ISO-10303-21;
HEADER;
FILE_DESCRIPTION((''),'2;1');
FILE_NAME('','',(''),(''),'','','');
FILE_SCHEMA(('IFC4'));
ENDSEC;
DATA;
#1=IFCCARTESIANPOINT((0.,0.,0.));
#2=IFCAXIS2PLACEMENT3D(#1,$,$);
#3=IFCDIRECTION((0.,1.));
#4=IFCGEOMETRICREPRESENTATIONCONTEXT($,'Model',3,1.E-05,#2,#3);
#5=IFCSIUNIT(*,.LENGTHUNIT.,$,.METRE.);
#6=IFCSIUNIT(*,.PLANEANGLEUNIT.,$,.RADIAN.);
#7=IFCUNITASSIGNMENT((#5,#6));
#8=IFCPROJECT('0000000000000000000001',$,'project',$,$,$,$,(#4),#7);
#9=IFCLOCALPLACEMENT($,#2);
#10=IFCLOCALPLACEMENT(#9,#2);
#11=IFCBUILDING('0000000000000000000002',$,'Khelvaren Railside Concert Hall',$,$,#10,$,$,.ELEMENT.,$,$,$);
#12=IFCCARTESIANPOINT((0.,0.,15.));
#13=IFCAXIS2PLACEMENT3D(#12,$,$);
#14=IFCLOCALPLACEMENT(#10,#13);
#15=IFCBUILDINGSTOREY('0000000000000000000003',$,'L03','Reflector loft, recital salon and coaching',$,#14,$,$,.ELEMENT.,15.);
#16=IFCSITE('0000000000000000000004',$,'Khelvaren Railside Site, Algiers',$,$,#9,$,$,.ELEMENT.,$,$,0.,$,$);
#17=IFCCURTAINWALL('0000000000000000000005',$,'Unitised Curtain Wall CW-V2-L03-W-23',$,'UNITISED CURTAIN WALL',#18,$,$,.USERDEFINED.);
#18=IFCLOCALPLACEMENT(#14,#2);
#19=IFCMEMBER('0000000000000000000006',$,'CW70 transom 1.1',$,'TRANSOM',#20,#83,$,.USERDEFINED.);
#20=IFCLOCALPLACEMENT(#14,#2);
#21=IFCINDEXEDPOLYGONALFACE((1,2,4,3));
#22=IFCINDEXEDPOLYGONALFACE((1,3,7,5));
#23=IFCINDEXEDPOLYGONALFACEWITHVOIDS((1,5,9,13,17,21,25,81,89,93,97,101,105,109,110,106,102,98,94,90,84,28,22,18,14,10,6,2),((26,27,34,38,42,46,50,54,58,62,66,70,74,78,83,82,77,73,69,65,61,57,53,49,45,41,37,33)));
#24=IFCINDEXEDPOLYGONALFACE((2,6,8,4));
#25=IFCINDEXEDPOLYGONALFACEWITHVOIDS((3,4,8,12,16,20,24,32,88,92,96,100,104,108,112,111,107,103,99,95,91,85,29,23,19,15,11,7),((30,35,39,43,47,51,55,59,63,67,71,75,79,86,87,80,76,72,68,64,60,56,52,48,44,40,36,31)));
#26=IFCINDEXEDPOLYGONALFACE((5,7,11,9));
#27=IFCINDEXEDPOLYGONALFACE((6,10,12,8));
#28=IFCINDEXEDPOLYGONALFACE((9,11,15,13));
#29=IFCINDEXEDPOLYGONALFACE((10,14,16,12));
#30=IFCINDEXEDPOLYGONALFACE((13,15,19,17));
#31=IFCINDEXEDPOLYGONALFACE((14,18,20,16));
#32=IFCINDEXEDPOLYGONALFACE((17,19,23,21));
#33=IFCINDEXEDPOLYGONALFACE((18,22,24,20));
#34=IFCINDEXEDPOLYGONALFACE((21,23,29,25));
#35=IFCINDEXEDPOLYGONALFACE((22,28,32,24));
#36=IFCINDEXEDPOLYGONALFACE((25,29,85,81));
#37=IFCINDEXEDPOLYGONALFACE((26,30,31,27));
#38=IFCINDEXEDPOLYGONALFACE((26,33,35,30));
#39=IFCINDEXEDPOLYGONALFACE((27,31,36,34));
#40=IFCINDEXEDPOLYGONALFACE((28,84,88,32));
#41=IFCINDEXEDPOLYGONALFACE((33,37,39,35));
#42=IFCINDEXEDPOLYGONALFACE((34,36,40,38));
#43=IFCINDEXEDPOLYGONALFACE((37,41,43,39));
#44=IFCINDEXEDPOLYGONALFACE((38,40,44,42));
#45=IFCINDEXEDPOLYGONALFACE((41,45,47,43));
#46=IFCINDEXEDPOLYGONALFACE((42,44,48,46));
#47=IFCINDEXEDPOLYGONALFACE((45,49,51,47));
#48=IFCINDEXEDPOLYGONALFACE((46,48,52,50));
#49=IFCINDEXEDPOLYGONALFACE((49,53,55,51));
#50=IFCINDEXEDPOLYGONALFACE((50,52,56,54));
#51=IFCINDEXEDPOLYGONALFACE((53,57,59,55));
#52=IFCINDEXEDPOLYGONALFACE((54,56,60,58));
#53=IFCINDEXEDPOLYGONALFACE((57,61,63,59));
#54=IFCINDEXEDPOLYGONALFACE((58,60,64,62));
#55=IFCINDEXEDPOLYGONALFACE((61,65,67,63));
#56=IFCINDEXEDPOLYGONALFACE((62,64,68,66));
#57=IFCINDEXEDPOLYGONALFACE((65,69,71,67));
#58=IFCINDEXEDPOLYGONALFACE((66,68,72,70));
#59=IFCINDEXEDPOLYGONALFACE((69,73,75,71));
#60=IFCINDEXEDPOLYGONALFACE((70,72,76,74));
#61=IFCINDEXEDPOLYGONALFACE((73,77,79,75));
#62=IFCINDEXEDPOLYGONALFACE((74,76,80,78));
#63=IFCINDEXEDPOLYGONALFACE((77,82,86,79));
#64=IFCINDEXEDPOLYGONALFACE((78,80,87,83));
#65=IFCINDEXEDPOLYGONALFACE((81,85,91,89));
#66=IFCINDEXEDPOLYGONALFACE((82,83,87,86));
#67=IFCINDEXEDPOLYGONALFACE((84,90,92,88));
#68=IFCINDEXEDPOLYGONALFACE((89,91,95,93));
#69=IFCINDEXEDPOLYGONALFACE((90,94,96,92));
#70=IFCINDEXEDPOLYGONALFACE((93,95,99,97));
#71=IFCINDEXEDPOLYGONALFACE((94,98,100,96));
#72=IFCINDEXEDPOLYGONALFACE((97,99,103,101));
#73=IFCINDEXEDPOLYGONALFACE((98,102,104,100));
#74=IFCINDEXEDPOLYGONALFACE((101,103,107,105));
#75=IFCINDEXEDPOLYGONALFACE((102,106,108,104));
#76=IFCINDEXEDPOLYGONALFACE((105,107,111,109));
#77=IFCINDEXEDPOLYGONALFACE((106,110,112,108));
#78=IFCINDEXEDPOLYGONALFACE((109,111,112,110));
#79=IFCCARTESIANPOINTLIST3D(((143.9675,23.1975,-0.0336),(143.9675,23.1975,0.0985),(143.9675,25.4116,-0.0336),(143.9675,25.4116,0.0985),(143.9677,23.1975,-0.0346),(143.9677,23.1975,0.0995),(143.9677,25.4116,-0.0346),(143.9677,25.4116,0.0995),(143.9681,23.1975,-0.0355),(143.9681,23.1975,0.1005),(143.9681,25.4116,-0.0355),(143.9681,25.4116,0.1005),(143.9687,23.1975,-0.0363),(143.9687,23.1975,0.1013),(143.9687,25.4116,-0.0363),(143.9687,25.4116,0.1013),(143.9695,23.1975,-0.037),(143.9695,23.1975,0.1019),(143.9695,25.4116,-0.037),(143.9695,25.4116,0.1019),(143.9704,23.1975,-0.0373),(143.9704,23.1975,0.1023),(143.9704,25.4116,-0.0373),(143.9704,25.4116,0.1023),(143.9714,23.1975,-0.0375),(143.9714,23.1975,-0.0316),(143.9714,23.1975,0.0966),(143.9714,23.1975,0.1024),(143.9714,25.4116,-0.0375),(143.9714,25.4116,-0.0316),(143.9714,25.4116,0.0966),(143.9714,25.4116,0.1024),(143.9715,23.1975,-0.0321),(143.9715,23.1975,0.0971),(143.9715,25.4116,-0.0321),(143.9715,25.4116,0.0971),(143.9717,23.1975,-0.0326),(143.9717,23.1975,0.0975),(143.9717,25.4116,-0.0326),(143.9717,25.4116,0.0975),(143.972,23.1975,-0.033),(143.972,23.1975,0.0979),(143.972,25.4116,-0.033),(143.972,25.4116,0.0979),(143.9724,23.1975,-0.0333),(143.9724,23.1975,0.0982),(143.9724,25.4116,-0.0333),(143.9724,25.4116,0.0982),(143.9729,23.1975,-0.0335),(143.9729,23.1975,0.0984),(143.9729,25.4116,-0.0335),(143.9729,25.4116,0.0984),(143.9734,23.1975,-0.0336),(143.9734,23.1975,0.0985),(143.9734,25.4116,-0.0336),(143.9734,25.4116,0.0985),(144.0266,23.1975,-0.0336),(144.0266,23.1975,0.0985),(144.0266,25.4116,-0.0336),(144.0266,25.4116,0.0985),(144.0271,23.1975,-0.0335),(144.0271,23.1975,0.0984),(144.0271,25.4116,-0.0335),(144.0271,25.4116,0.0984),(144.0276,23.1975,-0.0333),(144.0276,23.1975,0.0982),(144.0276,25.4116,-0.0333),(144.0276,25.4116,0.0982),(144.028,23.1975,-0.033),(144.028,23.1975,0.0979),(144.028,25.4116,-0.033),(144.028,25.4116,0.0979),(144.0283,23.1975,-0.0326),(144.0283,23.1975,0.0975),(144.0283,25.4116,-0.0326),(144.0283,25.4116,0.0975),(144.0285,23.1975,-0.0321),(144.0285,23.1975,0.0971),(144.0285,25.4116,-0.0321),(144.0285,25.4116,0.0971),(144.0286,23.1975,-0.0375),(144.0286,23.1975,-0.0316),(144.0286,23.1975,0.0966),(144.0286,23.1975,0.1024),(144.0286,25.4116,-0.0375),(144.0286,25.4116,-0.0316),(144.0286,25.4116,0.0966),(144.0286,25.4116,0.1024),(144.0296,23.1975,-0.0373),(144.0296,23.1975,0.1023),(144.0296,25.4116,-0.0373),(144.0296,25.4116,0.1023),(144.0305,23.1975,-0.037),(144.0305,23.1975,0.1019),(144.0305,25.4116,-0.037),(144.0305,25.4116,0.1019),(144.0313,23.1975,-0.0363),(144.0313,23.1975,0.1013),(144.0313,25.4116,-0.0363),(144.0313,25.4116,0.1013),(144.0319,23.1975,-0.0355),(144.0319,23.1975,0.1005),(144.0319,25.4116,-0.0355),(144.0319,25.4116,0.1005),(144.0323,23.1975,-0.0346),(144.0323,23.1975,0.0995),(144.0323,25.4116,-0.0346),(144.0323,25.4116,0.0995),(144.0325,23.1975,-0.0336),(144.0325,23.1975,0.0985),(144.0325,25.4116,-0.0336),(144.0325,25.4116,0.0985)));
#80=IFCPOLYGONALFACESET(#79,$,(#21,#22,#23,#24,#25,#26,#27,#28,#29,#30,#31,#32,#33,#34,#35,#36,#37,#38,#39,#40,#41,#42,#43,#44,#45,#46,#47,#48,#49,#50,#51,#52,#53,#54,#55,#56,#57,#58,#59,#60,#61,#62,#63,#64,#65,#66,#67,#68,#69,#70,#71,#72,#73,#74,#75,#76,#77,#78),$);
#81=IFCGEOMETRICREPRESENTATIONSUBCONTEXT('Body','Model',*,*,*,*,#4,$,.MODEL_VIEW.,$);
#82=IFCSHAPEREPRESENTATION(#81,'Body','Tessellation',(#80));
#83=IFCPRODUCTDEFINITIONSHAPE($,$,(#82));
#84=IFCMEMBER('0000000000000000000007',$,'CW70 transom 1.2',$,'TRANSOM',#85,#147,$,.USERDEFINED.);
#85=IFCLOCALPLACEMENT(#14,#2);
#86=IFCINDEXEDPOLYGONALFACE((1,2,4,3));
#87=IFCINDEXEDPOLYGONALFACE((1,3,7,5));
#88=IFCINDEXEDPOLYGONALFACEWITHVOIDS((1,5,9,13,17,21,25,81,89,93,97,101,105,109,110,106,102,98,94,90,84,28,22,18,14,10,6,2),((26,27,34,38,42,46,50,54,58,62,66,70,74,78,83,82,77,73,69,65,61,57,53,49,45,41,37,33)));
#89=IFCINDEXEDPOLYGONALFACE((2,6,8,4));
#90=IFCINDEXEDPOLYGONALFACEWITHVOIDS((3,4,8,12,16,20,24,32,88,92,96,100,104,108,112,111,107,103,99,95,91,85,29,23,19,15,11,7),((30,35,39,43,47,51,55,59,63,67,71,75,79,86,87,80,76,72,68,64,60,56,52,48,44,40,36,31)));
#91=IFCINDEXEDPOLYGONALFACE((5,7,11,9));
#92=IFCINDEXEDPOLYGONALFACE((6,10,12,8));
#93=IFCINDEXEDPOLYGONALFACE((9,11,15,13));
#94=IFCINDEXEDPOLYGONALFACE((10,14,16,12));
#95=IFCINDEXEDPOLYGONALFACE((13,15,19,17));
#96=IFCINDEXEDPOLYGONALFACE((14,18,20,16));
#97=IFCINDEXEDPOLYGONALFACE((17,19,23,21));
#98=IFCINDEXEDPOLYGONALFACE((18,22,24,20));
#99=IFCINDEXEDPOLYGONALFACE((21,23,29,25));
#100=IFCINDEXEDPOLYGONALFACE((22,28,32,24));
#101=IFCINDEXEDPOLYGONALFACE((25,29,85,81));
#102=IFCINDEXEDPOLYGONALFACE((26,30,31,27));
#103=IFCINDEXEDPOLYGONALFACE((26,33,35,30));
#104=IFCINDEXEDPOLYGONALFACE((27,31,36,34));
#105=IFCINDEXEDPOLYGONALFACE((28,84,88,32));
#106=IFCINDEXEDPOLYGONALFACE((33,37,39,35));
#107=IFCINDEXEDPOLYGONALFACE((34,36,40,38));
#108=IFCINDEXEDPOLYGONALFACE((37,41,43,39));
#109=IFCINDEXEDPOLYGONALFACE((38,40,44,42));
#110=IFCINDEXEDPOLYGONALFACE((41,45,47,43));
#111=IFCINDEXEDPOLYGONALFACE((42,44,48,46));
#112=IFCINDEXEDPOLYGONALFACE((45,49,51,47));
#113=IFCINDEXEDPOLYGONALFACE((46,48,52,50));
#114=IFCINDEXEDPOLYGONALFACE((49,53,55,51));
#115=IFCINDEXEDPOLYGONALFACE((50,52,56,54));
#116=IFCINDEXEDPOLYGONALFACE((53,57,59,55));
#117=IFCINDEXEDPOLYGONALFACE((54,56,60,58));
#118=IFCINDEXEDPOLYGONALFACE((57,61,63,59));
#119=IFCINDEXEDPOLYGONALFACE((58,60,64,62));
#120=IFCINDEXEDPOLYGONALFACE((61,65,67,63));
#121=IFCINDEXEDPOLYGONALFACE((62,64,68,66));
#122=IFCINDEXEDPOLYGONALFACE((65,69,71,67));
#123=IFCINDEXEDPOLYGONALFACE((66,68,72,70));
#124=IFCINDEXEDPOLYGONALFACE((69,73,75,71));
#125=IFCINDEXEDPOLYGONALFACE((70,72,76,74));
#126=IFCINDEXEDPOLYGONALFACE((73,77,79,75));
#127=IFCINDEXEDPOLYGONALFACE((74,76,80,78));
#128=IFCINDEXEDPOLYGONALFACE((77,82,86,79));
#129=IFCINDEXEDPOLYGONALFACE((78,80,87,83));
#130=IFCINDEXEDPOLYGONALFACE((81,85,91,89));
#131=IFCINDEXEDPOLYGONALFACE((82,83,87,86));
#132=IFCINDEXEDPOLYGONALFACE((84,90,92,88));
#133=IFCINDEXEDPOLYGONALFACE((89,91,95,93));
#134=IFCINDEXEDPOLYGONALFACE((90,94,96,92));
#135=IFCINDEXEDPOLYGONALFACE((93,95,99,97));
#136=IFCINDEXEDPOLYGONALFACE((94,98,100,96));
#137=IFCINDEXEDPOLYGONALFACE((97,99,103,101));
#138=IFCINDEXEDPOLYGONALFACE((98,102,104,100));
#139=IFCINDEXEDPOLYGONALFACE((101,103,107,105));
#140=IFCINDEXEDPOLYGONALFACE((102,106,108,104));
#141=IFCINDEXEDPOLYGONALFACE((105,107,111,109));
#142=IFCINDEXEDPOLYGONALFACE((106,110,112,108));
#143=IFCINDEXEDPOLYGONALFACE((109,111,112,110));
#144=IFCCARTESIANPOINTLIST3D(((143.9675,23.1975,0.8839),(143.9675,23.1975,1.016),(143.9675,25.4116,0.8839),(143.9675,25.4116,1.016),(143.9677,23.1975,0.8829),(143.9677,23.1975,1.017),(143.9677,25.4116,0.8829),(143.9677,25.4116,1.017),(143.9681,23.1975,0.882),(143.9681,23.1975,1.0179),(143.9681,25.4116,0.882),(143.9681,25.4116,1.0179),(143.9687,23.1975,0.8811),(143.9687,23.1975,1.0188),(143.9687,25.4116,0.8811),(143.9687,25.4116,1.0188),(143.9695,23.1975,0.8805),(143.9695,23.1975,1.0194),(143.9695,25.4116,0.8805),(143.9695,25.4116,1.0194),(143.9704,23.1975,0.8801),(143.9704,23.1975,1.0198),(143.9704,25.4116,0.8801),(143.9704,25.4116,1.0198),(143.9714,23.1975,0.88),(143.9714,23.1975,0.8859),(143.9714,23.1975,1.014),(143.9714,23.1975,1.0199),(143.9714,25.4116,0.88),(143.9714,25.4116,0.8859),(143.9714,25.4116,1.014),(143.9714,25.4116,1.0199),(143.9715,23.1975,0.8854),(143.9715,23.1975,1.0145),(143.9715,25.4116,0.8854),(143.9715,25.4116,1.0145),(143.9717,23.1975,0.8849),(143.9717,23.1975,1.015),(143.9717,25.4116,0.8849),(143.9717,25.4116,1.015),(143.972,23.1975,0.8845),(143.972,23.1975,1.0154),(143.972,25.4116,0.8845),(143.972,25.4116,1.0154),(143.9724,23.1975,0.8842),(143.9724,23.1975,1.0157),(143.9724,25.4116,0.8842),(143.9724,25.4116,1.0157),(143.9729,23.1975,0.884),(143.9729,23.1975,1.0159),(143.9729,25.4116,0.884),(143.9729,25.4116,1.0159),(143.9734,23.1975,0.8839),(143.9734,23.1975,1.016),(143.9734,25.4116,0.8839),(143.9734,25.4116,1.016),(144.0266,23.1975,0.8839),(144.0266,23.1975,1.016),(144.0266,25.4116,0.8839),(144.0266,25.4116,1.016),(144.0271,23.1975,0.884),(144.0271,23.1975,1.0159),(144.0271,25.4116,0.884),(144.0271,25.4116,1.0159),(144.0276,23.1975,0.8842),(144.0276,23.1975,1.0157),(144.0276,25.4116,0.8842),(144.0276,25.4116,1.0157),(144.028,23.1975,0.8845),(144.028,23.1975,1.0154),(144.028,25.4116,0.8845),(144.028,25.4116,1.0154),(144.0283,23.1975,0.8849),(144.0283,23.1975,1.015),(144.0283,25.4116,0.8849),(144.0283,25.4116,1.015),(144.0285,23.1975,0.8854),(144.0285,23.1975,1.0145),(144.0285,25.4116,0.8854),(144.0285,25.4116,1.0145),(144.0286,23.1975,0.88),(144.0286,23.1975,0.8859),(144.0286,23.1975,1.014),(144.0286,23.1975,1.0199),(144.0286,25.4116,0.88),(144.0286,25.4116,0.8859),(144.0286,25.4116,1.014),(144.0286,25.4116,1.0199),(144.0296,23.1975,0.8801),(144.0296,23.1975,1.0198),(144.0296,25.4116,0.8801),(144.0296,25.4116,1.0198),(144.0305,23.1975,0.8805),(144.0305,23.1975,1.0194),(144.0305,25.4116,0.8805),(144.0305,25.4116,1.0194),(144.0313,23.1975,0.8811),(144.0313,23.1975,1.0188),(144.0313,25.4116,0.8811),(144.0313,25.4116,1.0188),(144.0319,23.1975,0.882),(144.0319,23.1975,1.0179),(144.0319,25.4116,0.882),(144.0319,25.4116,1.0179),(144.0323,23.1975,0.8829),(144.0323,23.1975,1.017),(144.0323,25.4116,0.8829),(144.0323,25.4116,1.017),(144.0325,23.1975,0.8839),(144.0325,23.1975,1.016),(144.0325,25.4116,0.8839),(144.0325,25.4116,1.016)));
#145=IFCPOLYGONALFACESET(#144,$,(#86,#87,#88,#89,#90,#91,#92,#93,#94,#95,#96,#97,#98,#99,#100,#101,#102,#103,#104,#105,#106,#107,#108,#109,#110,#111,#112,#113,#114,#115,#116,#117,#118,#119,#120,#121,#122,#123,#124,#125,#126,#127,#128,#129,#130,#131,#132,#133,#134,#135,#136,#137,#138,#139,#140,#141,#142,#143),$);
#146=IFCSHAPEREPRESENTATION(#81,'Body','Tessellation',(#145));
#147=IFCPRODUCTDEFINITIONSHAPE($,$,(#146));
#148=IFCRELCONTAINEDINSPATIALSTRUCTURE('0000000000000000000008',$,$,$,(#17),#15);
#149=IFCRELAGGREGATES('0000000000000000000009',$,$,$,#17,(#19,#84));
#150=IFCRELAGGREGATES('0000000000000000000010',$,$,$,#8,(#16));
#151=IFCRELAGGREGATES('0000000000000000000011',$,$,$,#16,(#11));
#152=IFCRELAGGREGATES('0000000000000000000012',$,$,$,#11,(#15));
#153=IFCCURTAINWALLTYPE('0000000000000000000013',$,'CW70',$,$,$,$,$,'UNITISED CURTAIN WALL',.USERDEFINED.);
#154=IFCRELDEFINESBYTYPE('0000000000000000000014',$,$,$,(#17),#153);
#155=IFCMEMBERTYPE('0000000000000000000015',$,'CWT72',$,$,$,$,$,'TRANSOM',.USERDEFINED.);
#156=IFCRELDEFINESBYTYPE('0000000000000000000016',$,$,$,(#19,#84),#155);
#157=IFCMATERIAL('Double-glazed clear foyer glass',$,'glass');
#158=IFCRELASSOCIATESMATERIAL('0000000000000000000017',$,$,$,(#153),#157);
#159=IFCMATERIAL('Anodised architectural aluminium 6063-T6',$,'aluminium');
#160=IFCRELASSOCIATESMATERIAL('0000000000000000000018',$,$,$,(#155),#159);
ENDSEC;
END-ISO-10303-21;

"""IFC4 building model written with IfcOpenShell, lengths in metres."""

from ifc_helpers import new_model, si_unit, direction, frame, origin, origin_2d, place, context, subcontext, project, spatial, hollow_rectangle, extrude, material, material_profile, profile_set, type_object, element, aggregate, save


model = new_model("IFC4")

# Units and contexts
model_context = context("Model", 3, precision=1e-05, world=origin(), true_north=direction((0.0, 1.0)))
body_context = subcontext(model_context, "Body", "Model", "MODEL_VIEW")
ifc_project = project(units=[si_unit("LENGTHUNIT", "METRE"), si_unit("PLANEANGLEUNIT", "RADIAN")], contexts=[model_context])

# Site, building, storey
site_placement = place(None, origin())
site = spatial("IfcSite", under=ifc_project, at=site_placement, Name="Khelvaren Railside Site, Algiers", CompositionType="ELEMENT", RefElevation=0.0)
building_placement = place(site_placement, origin())
building = spatial("IfcBuilding", under=site, at=building_placement, Name="Khelvaren Railside Concert Hall", CompositionType="ELEMENT")
storey_placement = place(building_placement, frame((0.0, 0.0, 15.0)))
storey = spatial("IfcBuildingStorey", under=building, at=storey_placement, Name="L03", Description="Reflector loft, recital salon and coaching", CompositionType="ELEMENT", Elevation=15.0)

# Shared definitions
ifc_material_1 = material(Name="Double-glazed clear foyer glass", Category="glass")
ifc_material_2 = material(Name="Anodised architectural aluminium 6063-T6", Category="aluminium")

# Curtain wall
curtain_wall_type_1 = type_object("IfcCurtainWallType", Name="CW70", ElementType="UNITISED CURTAIN WALL", PredefinedType="USERDEFINED", material=ifc_material_1)
curtain_wall_1_placement = place(storey_placement, origin())
curtain_wall_1 = element("IfcCurtainWall", 1, at=curtain_wall_1_placement, inside=storey, type_object=curtain_wall_type_1, Name="Unitised Curtain Wall CW-V2-L03-W-23", ObjectType="UNITISED CURTAIN WALL", PredefinedType="USERDEFINED")

# Members
ifc_material_profile_1 = material_profile(ifc_material_2, hollow_rectangle(XDim=0.0649, YDim=0.1399, WallThickness=0.0039, InnerFilletRadius=0.002, OuterFilletRadius=0.0039, at=origin_2d()), Name="CWT 65x140x4")
ifc_profile_set_1 = profile_set([ifc_material_profile_1], Name="Anodised architectural aluminium 6063-T6")
member_type_1 = type_object("IfcMemberType", Name="CWT72", ElementType="TRANSOM", PredefinedType="USERDEFINED", material=ifc_profile_set_1)
member_1_placement = place(storey_placement, frame((144.0, 23.1975, 0.0325), z_axis=(0.0, 1.0, 0.0), x_axis=(-1.0, 0.0, 0.0)))
member_1 = element("IfcMember", 2, at=member_1_placement, type_object=member_type_1, Name="CW70 transom 1.1", ObjectType="TRANSOM", PredefinedType="USERDEFINED", context=body_context, shape_type="SweptSolid", body=[
    extrude(hollow_rectangle(XDim=0.0649, YDim=0.1399, WallThickness=0.0039, InnerFilletRadius=0.002, OuterFilletRadius=0.0039, at=origin_2d()), origin(), (0.0, 0.0, 1.0), 2.2141),
])
member_2_placement = place(storey_placement, frame((144.0, 23.1975, 0.95), z_axis=(0.0, 1.0, 0.0), x_axis=(-1.0, 0.0, 0.0)))
member_2 = element("IfcMember", 3, at=member_2_placement, type_object=member_type_1, Name="CW70 transom 1.2", ObjectType="TRANSOM", PredefinedType="USERDEFINED", context=body_context, shape_type="SweptSolid", body=[
    extrude(hollow_rectangle(XDim=0.0649, YDim=0.1399, WallThickness=0.0039, InnerFilletRadius=0.002, OuterFilletRadius=0.0039, at=origin_2d()), origin(), (0.0, 0.0, 1.0), 2.2141),
])
aggregate(curtain_wall_1, [member_1, member_2])

save(model, "model.ifc")
